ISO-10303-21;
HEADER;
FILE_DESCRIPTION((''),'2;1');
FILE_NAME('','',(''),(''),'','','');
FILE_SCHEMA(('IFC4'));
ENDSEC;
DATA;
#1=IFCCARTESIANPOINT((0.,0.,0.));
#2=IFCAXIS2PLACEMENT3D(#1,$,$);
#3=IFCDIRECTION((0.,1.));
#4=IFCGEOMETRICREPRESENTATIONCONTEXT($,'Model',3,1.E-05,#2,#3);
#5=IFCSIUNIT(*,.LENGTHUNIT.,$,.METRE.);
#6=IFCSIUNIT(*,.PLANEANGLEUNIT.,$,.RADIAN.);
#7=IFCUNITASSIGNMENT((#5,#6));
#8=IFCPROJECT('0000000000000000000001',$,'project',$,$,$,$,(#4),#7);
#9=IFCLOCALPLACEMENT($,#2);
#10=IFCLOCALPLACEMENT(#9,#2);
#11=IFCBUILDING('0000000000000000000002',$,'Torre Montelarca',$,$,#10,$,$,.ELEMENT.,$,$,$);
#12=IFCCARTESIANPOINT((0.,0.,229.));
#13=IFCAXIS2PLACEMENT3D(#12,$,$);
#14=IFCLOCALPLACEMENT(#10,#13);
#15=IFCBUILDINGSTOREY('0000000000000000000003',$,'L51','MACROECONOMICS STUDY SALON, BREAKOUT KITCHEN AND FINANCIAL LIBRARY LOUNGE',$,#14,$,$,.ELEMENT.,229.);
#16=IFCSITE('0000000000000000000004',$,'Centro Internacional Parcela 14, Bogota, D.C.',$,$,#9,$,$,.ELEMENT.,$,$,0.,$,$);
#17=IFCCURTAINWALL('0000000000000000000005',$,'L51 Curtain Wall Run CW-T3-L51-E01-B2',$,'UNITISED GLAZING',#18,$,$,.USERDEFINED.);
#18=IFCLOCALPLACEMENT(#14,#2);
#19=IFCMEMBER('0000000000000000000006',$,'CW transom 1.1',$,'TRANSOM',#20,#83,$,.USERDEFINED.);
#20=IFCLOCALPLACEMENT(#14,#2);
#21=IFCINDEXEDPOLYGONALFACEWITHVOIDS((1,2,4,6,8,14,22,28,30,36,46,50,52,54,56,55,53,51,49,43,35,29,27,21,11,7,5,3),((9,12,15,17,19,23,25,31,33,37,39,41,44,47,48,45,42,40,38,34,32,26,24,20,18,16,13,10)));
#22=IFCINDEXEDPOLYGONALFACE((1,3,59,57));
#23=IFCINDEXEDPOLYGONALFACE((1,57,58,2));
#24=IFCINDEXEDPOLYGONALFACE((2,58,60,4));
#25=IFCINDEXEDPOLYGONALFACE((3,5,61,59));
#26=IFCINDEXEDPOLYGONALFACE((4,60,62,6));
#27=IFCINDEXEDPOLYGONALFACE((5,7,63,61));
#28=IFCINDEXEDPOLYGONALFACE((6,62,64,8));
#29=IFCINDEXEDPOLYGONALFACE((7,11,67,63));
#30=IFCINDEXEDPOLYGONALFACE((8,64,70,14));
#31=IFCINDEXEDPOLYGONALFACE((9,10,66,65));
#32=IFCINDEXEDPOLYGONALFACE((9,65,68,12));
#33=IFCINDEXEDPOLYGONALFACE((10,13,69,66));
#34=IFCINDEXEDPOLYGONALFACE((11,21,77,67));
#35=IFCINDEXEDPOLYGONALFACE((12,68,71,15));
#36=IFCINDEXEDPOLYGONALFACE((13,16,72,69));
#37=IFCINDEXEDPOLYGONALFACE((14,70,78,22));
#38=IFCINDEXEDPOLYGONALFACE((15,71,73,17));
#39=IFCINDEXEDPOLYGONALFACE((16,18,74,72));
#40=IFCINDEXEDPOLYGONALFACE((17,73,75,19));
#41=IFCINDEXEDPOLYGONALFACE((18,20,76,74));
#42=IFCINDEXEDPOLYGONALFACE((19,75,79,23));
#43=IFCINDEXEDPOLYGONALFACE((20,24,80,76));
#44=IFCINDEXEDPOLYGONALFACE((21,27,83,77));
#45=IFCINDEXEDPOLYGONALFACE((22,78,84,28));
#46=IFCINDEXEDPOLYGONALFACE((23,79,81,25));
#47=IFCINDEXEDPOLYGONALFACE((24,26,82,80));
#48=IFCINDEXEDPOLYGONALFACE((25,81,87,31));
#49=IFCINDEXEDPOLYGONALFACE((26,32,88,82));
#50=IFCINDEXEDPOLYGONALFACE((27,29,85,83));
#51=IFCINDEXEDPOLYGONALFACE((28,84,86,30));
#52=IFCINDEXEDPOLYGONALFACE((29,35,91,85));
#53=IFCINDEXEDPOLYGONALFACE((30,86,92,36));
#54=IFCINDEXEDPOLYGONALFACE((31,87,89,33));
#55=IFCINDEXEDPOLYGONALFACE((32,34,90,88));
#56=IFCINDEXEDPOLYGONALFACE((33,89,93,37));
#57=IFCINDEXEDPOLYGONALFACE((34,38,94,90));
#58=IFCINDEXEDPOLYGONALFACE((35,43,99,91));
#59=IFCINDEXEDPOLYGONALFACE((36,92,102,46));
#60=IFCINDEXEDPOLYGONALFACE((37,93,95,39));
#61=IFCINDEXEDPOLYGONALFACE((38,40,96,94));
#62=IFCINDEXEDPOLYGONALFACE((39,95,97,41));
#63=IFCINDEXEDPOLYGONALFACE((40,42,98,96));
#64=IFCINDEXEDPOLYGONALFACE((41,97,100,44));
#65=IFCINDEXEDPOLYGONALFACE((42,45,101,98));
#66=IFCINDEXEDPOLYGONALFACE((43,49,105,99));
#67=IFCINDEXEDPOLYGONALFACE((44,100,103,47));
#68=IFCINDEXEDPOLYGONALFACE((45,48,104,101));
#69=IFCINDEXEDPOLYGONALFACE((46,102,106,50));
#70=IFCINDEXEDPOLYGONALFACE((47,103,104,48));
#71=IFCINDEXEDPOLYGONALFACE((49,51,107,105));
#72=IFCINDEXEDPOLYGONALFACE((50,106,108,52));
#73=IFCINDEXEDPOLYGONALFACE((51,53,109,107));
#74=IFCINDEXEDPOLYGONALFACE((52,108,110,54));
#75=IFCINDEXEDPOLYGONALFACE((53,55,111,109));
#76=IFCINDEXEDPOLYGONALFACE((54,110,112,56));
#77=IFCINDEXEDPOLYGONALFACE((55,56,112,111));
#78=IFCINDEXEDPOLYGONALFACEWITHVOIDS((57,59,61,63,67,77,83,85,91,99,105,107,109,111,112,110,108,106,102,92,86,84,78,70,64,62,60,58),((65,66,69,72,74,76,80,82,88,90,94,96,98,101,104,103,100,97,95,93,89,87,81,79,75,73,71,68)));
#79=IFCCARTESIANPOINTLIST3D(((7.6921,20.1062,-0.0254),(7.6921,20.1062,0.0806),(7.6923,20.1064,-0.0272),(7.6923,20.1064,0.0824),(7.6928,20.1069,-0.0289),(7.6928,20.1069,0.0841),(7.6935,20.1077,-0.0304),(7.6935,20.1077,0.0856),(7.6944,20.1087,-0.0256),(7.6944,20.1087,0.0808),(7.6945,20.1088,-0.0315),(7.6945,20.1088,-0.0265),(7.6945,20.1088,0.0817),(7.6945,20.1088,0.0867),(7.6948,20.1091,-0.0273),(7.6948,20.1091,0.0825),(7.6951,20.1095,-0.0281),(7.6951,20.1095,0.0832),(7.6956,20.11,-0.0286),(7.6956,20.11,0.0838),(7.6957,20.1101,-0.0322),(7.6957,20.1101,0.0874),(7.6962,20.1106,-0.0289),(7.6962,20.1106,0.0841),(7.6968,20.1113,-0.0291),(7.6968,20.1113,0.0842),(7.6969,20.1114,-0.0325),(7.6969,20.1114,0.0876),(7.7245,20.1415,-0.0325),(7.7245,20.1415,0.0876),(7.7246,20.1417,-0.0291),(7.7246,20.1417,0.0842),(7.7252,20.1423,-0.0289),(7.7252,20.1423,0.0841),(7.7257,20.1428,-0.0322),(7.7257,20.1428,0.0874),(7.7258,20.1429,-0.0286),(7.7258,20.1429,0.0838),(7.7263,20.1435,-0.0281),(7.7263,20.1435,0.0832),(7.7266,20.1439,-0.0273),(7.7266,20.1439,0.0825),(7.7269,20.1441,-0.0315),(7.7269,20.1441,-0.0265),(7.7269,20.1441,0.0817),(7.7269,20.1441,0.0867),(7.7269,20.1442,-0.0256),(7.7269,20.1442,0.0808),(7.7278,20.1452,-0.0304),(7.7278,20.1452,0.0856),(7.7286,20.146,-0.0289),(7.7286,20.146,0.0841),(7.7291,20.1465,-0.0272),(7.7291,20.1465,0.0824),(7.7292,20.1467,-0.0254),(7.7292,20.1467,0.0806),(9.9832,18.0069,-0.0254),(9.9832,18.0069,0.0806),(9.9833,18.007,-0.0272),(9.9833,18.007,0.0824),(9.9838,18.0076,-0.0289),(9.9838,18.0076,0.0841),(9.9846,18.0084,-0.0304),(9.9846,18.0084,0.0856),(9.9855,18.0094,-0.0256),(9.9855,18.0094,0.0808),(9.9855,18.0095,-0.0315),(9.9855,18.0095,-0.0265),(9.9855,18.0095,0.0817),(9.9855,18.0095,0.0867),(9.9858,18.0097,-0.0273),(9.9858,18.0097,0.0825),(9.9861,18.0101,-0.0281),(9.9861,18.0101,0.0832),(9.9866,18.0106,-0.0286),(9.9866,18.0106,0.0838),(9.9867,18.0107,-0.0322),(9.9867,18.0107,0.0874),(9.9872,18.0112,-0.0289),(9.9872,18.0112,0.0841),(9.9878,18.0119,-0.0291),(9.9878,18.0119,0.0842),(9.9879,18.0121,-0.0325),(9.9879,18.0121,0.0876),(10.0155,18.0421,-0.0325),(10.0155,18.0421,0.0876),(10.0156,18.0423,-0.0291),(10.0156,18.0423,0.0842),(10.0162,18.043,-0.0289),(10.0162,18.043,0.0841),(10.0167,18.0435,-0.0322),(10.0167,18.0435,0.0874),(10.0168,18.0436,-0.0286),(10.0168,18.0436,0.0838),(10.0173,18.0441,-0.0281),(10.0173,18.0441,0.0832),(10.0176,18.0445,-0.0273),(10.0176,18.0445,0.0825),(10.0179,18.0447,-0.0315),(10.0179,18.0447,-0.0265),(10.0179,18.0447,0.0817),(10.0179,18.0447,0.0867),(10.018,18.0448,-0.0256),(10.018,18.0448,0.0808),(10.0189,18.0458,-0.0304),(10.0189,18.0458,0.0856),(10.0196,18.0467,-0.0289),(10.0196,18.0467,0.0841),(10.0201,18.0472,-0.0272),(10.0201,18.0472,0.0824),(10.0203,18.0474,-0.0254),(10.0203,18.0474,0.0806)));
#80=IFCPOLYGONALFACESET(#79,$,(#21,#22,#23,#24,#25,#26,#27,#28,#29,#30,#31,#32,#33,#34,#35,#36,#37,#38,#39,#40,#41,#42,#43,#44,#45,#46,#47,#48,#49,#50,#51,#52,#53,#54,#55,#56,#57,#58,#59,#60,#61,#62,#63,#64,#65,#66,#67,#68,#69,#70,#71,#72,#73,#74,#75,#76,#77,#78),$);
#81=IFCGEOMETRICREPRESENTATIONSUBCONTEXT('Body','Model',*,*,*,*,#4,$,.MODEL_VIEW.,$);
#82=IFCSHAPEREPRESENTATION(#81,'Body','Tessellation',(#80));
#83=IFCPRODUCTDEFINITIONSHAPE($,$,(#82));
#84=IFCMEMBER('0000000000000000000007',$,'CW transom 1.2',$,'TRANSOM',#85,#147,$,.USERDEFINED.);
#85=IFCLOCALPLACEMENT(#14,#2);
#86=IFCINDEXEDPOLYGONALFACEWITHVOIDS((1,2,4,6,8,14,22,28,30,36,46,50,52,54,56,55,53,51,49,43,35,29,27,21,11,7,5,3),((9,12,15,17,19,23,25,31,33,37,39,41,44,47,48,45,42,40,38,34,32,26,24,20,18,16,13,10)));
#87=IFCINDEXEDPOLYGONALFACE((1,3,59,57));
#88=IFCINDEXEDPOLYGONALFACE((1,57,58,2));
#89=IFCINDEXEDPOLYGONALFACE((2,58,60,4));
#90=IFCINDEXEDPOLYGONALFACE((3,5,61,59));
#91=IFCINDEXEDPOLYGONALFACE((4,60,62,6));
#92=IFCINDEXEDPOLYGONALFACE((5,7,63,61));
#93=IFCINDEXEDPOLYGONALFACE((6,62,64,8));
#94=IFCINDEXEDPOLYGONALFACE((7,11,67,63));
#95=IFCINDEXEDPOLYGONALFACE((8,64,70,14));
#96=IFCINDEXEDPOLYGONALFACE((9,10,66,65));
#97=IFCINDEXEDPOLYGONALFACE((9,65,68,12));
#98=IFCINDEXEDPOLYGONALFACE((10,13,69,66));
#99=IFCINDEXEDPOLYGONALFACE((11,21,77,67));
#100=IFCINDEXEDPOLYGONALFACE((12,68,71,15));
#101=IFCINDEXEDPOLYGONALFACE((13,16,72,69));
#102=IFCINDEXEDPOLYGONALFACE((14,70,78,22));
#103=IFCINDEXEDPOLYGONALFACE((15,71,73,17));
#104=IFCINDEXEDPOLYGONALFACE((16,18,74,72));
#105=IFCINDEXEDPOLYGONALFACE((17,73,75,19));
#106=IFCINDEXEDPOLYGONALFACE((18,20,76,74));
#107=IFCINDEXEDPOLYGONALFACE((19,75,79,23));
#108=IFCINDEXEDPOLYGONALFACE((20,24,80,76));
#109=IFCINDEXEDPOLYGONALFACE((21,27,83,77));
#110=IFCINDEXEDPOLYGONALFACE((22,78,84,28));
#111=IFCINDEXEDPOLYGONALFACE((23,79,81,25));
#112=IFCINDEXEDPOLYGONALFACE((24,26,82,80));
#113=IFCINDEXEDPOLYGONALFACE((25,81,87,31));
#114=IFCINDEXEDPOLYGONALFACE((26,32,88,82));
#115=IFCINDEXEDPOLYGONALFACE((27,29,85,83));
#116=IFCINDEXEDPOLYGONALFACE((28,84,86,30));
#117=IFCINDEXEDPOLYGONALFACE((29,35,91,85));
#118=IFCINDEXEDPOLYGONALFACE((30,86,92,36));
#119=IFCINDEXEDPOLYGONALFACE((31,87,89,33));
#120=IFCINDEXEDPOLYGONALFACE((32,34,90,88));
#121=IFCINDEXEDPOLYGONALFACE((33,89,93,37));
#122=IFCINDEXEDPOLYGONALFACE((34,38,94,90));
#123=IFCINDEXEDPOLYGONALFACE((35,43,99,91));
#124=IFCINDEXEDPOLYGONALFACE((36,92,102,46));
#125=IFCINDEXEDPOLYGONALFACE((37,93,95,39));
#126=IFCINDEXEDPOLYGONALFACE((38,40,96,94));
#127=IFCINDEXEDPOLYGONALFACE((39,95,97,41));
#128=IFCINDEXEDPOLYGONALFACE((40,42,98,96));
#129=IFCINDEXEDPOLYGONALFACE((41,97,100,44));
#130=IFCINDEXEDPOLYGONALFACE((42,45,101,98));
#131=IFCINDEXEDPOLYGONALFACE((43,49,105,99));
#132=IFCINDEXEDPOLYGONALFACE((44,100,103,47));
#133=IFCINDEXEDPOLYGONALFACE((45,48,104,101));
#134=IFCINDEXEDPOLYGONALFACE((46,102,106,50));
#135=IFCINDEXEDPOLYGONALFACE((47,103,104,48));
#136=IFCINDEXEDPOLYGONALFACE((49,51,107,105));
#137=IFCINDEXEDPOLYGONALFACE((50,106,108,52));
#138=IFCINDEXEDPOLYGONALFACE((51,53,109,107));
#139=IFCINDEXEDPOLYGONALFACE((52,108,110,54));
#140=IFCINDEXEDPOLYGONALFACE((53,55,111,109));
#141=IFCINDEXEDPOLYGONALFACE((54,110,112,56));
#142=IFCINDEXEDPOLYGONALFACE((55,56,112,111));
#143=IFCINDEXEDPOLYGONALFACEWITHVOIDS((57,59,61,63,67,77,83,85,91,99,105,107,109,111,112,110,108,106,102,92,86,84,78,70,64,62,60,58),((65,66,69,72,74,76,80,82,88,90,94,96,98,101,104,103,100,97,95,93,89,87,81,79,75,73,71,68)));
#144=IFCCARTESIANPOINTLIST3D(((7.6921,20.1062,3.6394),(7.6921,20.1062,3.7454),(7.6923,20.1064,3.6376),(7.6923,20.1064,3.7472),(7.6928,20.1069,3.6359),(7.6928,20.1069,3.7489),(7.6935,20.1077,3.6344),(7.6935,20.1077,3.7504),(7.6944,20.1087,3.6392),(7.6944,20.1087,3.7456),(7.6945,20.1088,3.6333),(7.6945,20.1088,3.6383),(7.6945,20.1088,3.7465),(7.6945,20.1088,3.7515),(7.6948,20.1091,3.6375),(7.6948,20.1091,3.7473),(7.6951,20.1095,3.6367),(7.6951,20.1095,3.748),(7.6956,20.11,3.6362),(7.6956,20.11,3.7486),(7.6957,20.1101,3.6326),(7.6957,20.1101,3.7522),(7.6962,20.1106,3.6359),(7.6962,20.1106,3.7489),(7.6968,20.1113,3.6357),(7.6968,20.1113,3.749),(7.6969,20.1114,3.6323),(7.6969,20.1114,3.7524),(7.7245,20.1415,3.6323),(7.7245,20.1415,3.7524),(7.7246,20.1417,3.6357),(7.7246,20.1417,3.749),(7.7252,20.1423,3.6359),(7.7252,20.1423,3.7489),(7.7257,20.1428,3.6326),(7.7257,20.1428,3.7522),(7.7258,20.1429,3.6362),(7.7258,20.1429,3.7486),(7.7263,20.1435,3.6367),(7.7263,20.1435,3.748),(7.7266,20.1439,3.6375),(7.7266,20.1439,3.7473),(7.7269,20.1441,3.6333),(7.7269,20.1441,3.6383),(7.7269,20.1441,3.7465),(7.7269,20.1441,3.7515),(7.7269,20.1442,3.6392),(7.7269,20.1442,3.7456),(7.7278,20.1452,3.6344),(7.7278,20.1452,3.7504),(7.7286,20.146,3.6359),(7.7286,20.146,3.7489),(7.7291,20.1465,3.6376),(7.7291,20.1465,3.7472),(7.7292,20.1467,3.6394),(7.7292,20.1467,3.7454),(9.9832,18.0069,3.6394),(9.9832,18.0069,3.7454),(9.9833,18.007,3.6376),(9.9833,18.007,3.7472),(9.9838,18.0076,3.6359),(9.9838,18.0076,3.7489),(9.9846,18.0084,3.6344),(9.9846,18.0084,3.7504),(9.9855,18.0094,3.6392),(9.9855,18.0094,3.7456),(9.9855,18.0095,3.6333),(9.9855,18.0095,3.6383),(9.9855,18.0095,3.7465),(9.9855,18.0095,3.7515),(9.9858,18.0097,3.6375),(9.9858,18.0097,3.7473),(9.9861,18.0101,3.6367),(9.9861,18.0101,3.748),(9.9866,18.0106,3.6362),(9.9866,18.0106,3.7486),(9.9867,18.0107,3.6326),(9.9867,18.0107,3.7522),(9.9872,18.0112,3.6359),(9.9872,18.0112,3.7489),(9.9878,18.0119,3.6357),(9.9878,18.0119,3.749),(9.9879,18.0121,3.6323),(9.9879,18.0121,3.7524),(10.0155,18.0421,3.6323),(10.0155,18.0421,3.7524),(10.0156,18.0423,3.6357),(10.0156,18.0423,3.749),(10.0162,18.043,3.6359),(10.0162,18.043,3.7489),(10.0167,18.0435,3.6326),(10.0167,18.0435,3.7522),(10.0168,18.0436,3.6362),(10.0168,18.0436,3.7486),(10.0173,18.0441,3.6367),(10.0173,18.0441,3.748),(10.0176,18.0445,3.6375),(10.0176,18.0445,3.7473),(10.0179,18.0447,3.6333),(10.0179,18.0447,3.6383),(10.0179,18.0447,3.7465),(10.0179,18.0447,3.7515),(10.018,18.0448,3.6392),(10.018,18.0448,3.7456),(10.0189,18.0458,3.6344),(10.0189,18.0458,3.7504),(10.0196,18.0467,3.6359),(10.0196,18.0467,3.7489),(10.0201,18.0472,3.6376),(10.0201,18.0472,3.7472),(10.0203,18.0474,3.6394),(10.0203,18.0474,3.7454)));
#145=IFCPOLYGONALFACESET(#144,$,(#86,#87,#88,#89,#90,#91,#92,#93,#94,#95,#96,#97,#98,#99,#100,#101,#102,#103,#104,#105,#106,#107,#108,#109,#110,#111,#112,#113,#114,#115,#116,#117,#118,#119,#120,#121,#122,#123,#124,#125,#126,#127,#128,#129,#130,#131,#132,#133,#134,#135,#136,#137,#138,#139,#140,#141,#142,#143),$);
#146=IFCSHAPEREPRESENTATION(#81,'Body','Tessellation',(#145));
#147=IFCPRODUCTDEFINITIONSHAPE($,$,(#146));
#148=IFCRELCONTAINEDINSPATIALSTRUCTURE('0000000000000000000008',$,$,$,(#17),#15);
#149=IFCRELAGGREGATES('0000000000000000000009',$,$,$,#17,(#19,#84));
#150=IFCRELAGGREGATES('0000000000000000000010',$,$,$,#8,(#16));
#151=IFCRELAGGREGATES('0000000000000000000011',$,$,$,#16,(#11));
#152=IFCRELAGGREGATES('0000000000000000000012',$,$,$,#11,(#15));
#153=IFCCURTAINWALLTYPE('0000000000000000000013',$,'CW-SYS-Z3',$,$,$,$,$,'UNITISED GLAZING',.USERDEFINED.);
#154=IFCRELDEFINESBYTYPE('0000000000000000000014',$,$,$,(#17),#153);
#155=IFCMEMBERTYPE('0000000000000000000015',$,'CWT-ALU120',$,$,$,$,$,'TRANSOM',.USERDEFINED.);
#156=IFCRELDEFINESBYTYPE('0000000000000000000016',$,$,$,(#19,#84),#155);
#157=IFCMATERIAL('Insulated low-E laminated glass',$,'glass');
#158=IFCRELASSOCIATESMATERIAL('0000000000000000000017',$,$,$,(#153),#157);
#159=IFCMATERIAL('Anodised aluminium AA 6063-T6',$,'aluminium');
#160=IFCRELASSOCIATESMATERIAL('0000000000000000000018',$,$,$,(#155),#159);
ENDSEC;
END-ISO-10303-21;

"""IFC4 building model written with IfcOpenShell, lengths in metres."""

from ifc_helpers import new_model, si_unit, direction, frame, origin, origin_2d, place, context, subcontext, project, spatial, hollow_rectangle, extrude, source, transform, mapped, material, material_profile, profile_set, type_object, element, aggregate, save


model = new_model("IFC4")

# Units and contexts
model_context = context("Model", 3, precision=1e-05, world=origin(), true_north=direction((0.0, 1.0)))
body_context = subcontext(model_context, "Body", "Model", "MODEL_VIEW")
ifc_project = project(units=[si_unit("LENGTHUNIT", "METRE"), si_unit("PLANEANGLEUNIT", "RADIAN")], contexts=[model_context])

# Site, building, storey
site_placement = place(None, origin())
site = spatial("IfcSite", under=ifc_project, at=site_placement, Name="Centro Internacional Parcela 14, Bogota, D.C.", CompositionType="ELEMENT", RefElevation=0.0)
building_placement = place(site_placement, origin())
building = spatial("IfcBuilding", under=site, at=building_placement, Name="Torre Montelarca", CompositionType="ELEMENT")
storey_placement = place(building_placement, frame((0.0, 0.0, 229.0)))
storey = spatial("IfcBuildingStorey", under=building, at=storey_placement, Name="L51", Description="MACROECONOMICS STUDY SALON, BREAKOUT KITCHEN AND FINANCIAL LIBRARY LOUNGE", CompositionType="ELEMENT", Elevation=229.0)

# Curtain wall
ifc_material_1 = material(Name="Insulated low-E laminated glass", Category="glass")
curtain_wall_type = type_object("IfcCurtainWallType", Name="CW-SYS-Z3", ElementType="UNITISED GLAZING", PredefinedType="USERDEFINED", material=ifc_material_1)
ifc_material_2 = material(Name="Anodised aluminium AA 6063-T6", Category="aluminium")
ifc_material_profile_1 = material_profile(ifc_material_2, hollow_rectangle(XDim=0.0549, YDim=0.1201, WallThickness=0.0034, InnerFilletRadius=0.0034, OuterFilletRadius=0.0071, at=origin_2d()), Name="ALU55X120X3.5", Category="aluminium")
ifc_profile_set_1 = profile_set([ifc_material_profile_1], Name="Anodised aluminium AA 6063-T6")
member_type_1 = type_object("IfcMemberType", Name="CWT-ALU120", ElementType="TRANSOM", PredefinedType="USERDEFINED", material=ifc_profile_set_1)
curtain_wall_1_placement = place(storey_placement, origin())
curtain_wall_1 = element("IfcCurtainWall", 1, at=curtain_wall_1_placement, inside=storey, type_object=curtain_wall_type, Name="L51 Curtain Wall Run CW-T3-L51-E01-B2", ObjectType="UNITISED GLAZING", PredefinedType="USERDEFINED")

# Members
shared_shape_1 = source(origin(), body_context, "Body", "SweptSolid", [
    extrude(hollow_rectangle(XDim=0.0549, YDim=0.1201, WallThickness=0.0034, InnerFilletRadius=0.0034, OuterFilletRadius=0.0071, at=origin_2d()), origin(), (0.0, 0.0, 1.0), 3.1074),
])
member_1_placement = place(storey_placement, frame((7.7107, 20.1265, 0.0276), z_axis=(0.737272, -0.675597, 0.0), x_axis=(0.675597, 0.737272, 0.0)))
member_1 = element("IfcMember", 2, at=member_1_placement, type_object=member_type_1, Name="CW transom 1.1", ObjectType="TRANSOM", PredefinedType="USERDEFINED", context=body_context, shape_type="MappedRepresentation", body=[
    mapped(shared_shape_1, transform((0.0, 0.0, 0.0), scale=1.0)),
])
member_2_placement = place(storey_placement, frame((7.7107, 20.1265, 3.6924), z_axis=(0.737272, -0.675597, 0.0), x_axis=(0.675597, 0.737272, 0.0)))
member_2 = element("IfcMember", 3, at=member_2_placement, type_object=member_type_1, Name="CW transom 1.2", ObjectType="TRANSOM", PredefinedType="USERDEFINED", context=body_context, shape_type="MappedRepresentation", body=[
    mapped(shared_shape_1, transform((0.0, 0.0, 0.0), scale=1.0)),
])

aggregate(curtain_wall_1, [member_1, member_2])

save(model, "model.ifc")
